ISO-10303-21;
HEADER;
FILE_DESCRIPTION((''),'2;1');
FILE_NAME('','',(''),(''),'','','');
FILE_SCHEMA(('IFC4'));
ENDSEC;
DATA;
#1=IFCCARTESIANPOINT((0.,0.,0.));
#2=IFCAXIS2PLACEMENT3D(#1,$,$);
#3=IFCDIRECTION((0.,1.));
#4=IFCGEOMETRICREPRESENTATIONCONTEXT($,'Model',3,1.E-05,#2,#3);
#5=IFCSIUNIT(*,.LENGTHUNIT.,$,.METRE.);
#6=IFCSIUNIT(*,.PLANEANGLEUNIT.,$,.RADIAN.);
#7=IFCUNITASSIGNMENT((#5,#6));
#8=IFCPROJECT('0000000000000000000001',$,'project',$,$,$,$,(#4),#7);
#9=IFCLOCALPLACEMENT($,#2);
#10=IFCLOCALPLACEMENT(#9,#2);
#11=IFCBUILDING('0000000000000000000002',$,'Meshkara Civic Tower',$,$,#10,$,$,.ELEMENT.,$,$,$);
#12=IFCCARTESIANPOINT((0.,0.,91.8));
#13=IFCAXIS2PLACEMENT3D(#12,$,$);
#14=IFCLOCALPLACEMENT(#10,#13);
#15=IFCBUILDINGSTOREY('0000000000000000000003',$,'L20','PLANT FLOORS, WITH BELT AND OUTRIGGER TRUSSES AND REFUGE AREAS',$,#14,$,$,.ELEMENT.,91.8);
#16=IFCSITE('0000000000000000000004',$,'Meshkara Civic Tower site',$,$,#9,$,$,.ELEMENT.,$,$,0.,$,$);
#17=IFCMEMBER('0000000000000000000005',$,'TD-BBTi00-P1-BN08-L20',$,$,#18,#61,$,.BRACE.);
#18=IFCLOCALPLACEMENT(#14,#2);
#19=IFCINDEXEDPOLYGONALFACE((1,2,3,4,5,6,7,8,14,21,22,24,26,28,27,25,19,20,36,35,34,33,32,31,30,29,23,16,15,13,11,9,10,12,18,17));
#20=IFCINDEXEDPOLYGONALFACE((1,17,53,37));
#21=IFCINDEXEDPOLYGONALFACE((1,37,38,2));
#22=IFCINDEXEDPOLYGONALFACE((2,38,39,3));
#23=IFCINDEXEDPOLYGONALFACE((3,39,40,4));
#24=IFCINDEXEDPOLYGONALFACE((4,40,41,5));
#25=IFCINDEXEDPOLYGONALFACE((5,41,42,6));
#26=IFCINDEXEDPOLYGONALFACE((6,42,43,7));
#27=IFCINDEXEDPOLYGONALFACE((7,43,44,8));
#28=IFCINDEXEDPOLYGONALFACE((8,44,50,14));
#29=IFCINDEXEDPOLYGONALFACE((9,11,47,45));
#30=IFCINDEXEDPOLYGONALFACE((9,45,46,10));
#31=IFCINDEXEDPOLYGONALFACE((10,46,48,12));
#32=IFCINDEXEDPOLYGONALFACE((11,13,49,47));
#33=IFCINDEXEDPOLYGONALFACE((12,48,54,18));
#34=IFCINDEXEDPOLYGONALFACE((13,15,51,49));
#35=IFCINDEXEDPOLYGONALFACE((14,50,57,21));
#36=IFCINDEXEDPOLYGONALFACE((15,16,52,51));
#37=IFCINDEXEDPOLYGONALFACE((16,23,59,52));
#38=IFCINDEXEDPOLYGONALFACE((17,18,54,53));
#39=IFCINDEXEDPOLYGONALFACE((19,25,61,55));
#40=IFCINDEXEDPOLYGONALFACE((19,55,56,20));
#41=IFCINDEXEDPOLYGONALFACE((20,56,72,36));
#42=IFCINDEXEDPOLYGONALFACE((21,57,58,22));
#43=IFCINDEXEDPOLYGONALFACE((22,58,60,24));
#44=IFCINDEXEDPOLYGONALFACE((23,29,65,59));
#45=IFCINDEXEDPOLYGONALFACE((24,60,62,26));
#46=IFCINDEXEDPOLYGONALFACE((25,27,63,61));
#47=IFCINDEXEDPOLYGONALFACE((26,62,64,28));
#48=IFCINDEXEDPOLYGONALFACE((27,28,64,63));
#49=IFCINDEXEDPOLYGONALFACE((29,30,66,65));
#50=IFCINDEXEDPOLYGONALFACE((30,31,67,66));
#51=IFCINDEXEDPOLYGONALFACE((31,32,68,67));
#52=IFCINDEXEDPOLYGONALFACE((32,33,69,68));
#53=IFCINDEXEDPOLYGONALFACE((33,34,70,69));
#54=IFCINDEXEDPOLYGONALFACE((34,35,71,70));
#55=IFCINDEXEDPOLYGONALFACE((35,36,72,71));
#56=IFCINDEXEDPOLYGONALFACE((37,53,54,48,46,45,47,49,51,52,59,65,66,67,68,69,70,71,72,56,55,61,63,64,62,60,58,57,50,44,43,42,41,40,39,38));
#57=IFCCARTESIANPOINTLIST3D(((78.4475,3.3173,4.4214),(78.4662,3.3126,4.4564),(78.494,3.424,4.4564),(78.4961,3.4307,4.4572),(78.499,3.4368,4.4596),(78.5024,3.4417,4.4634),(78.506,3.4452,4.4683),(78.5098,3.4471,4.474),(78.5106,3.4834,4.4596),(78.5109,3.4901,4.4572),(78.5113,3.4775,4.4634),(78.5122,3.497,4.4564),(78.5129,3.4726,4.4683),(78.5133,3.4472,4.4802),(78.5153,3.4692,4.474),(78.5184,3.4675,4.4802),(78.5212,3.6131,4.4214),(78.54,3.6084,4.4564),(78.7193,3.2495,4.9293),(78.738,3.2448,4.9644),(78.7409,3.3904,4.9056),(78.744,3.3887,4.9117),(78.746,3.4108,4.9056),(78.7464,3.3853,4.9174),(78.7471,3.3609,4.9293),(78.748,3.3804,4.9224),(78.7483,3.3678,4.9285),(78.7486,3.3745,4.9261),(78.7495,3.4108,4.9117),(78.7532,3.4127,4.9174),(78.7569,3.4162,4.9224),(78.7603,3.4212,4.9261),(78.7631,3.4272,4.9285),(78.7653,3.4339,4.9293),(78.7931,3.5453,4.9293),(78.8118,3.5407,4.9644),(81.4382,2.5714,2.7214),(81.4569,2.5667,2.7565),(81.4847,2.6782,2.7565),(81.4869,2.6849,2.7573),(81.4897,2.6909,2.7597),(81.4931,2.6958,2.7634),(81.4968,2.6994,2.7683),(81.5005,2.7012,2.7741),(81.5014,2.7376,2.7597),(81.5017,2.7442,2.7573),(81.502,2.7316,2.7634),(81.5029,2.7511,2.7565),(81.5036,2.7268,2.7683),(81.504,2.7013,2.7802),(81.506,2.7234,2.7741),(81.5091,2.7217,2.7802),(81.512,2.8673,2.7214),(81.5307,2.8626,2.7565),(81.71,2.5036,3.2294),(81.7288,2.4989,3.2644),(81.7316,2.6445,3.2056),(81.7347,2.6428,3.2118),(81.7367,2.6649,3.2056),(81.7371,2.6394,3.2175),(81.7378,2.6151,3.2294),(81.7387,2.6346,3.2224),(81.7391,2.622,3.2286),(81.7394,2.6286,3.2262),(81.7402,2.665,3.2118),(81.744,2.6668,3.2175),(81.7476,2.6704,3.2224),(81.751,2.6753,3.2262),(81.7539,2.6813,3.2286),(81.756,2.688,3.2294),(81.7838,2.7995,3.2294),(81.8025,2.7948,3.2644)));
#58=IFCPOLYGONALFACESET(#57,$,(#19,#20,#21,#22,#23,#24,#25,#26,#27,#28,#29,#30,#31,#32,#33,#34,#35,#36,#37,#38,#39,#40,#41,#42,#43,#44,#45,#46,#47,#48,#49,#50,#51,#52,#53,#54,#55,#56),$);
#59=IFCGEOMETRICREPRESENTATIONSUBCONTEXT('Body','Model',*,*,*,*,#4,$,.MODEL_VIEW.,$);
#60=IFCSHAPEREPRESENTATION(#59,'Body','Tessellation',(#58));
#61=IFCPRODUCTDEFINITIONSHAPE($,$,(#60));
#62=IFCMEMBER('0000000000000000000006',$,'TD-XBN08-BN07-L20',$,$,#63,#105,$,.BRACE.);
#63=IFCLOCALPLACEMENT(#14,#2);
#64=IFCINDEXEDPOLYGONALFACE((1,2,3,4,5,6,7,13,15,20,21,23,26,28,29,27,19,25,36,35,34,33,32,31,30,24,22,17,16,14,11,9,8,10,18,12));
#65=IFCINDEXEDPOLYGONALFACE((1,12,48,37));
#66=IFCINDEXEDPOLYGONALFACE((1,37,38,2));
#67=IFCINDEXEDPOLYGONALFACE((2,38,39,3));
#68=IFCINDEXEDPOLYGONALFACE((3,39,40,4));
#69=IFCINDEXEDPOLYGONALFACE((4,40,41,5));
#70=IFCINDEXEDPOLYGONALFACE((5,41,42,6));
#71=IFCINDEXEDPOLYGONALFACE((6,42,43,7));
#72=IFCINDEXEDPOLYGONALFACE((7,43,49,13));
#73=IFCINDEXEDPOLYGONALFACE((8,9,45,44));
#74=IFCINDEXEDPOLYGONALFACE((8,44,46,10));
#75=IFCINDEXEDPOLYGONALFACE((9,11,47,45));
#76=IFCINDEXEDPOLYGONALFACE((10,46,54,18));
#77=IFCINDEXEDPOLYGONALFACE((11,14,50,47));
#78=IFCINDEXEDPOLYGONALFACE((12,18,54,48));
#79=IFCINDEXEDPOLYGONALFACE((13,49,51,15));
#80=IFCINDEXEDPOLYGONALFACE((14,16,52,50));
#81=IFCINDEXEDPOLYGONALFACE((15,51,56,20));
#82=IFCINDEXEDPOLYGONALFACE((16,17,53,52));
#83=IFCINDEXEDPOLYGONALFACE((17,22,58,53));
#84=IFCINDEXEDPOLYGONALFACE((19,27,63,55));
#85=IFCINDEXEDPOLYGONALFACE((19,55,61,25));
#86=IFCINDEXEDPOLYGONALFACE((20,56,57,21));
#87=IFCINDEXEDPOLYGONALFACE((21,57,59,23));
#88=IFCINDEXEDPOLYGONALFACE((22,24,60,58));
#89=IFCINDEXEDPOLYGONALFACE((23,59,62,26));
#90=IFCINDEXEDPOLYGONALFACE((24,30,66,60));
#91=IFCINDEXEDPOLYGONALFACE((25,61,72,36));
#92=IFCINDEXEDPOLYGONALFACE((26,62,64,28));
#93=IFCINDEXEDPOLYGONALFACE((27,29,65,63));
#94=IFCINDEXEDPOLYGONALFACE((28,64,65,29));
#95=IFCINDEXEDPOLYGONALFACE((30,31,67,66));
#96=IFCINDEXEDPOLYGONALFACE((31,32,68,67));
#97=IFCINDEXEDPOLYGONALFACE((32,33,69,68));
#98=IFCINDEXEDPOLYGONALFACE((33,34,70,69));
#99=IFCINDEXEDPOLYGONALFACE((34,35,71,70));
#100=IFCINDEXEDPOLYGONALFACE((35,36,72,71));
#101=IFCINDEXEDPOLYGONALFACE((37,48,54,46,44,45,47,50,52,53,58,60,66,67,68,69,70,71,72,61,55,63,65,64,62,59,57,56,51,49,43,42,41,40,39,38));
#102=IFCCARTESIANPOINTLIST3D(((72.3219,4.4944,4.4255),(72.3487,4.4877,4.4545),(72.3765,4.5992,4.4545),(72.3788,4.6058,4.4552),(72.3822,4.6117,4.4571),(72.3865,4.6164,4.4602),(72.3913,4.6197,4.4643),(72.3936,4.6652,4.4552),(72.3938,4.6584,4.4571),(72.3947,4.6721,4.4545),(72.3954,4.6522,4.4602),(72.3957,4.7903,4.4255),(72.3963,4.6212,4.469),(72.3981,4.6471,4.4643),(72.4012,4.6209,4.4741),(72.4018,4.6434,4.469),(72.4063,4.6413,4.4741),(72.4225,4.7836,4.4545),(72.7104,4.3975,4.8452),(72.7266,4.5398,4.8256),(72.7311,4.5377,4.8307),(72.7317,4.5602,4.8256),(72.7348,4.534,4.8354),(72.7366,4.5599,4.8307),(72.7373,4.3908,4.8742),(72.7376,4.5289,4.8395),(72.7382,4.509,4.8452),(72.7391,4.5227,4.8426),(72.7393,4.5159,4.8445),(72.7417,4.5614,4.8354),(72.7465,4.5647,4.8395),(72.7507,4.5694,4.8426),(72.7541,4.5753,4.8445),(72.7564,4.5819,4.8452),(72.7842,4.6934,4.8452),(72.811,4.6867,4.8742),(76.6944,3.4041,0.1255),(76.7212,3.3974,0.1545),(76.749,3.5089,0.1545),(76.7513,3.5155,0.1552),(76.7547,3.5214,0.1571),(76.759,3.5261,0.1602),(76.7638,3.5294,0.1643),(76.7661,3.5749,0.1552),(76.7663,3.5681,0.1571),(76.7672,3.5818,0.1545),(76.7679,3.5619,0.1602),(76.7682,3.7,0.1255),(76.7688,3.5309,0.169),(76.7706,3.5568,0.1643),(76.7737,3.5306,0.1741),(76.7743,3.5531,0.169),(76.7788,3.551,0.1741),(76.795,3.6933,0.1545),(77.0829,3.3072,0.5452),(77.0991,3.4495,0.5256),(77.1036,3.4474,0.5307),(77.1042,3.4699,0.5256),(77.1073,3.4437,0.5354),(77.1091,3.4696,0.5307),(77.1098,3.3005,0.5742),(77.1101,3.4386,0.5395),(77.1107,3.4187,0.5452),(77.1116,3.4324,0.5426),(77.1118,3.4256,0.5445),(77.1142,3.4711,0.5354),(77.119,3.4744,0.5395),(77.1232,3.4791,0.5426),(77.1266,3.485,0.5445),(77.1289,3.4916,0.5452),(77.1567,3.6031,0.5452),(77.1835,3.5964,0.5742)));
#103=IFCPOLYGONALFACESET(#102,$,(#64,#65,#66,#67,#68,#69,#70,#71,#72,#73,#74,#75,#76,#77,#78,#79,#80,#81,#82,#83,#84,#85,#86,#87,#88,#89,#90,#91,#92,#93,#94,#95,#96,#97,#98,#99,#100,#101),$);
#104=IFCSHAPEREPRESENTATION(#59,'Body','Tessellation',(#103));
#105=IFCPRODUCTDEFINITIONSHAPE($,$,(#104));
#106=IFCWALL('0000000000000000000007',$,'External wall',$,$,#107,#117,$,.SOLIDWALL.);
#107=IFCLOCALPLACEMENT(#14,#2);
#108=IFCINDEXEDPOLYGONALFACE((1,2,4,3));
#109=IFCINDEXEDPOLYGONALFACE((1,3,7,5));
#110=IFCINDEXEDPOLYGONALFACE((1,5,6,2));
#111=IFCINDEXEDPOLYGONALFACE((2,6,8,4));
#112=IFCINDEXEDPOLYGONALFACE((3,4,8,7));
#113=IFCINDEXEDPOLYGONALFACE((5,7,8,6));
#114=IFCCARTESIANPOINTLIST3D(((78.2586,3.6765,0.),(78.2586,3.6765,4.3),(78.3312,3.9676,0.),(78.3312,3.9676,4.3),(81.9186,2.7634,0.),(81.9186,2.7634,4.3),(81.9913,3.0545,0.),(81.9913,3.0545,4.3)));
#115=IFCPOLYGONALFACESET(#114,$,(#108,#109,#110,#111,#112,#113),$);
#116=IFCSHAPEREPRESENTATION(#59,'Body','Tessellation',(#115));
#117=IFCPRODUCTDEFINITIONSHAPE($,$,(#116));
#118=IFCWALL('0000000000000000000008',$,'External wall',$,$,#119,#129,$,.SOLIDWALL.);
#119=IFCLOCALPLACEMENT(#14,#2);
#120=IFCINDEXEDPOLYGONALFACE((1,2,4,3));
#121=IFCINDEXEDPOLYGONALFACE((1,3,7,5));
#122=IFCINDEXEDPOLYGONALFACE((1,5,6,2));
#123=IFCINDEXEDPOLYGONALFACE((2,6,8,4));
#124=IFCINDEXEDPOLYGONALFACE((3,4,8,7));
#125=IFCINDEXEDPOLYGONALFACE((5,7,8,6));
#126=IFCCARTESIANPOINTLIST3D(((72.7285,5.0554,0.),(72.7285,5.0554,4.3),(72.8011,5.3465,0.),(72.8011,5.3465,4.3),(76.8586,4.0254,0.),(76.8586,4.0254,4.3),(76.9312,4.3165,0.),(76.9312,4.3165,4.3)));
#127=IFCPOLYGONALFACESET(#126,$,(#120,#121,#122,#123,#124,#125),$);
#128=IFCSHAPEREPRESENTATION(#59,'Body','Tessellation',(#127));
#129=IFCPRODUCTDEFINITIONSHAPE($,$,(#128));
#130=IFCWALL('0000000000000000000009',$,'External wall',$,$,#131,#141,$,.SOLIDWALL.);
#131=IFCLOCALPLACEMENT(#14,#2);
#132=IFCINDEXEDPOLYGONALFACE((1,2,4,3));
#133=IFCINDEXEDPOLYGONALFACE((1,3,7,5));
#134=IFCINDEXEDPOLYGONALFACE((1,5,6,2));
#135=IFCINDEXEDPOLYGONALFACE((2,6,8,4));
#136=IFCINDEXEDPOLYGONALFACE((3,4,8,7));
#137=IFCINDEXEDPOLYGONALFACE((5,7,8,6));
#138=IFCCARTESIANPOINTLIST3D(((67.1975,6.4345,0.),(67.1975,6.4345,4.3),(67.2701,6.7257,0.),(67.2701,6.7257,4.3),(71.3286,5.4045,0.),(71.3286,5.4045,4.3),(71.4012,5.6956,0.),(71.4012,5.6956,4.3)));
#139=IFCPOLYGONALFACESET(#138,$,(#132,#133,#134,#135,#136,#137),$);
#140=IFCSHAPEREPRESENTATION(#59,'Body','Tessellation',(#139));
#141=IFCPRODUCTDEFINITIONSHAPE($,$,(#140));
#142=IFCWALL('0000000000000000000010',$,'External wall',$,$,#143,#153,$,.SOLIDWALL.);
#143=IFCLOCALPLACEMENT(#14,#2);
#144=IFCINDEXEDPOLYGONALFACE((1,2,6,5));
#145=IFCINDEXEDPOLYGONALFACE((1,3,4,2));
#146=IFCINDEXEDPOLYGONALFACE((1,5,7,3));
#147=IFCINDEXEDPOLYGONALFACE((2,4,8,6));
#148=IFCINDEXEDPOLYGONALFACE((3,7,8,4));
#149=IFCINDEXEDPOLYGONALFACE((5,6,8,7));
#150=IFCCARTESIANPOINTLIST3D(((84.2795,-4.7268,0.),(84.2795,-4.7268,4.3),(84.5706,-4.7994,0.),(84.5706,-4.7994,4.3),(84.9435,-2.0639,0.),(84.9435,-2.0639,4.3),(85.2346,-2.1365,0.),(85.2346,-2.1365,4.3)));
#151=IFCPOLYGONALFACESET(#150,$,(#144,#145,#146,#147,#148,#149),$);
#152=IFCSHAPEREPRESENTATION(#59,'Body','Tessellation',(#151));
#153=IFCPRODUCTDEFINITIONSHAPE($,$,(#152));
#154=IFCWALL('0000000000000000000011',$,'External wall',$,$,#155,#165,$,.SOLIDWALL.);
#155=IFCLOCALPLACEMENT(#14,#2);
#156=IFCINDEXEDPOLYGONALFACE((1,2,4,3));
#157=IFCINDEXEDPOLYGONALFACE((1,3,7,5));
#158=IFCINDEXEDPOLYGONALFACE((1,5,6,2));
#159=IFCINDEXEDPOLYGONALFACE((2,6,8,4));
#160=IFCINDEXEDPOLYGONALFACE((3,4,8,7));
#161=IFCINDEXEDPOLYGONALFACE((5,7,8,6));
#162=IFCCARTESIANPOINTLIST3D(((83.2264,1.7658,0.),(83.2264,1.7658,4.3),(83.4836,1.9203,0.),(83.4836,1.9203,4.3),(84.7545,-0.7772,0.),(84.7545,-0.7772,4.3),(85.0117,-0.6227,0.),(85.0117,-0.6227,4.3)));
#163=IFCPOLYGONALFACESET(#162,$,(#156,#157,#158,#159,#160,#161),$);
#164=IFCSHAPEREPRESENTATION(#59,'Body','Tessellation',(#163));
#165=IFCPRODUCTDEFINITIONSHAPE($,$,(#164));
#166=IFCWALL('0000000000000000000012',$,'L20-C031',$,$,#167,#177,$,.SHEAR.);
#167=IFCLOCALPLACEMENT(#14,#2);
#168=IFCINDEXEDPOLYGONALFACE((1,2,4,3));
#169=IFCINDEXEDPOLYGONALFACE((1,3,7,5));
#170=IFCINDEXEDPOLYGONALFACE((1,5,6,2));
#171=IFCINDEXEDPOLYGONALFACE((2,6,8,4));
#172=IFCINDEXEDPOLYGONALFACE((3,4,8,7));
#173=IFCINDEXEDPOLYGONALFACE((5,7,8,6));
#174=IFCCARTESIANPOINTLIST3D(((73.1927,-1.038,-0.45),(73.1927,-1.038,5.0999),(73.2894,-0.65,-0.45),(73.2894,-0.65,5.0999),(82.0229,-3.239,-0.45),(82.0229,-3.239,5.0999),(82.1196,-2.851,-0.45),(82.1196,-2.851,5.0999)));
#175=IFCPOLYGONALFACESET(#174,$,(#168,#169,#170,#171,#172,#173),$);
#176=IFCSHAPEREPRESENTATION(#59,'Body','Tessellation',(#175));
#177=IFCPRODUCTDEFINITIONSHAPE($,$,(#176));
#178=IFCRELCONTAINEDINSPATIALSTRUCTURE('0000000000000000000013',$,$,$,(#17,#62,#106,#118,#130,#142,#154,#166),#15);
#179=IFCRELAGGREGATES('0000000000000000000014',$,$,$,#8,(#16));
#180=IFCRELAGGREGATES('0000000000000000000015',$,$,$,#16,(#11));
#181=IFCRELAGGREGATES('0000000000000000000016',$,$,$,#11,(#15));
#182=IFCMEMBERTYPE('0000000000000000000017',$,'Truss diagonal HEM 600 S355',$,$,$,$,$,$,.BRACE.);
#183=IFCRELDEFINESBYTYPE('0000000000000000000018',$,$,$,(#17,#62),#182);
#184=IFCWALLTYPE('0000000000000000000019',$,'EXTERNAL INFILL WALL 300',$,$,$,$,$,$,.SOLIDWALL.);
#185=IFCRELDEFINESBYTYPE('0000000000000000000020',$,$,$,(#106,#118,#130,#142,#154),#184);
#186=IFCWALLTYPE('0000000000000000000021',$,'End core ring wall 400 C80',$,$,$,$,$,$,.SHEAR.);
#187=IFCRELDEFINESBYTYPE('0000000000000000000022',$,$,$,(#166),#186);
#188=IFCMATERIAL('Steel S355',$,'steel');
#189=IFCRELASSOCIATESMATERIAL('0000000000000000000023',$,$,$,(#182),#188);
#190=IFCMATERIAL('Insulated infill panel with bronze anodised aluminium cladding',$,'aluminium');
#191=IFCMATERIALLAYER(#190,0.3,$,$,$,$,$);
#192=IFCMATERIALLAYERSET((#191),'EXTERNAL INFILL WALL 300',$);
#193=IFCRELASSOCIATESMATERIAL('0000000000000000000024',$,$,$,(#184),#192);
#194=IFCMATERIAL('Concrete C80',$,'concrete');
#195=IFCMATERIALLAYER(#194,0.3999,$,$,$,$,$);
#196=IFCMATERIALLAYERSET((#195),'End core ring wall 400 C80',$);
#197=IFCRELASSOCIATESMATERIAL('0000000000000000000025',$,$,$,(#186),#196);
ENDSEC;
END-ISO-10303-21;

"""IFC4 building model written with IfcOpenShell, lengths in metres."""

from ifc_helpers import new_model, si_unit, direction, frame, frame_2d, origin, origin_2d, place, context, subcontext, project, spatial, rectangle, i_section, extrude, material, layer, layer_set, material_profile, profile_set, type_object, element, save


model = new_model("IFC4")

# Units and contexts
model_context = context("Model", 3, precision=1e-05, world=origin(), true_north=direction((0.0, 1.0)))
body_context = subcontext(model_context, "Body", "Model", "MODEL_VIEW")
ifc_project = project(units=[si_unit("LENGTHUNIT", "METRE"), si_unit("PLANEANGLEUNIT", "RADIAN")], contexts=[model_context])

# Site, building, storey
site_placement = place(None, origin())
site = spatial("IfcSite", under=ifc_project, at=site_placement, Name="Meshkara Civic Tower site", CompositionType="ELEMENT", RefElevation=0.0)
building_placement = place(site_placement, origin())
building = spatial("IfcBuilding", under=site, at=building_placement, Name="Meshkara Civic Tower", CompositionType="ELEMENT")
storey_placement = place(building_placement, frame((0.0, 0.0, 91.8)))
storey = spatial("IfcBuildingStorey", under=building, at=storey_placement, Name="L20", Description="PLANT FLOORS, WITH BELT AND OUTRIGGER TRUSSES AND REFUGE AREAS", CompositionType="ELEMENT", Elevation=91.8)

# Members
ifc_material_1 = material(Name="Steel S355", Category="steel")
ifc_material_profile_1 = material_profile(ifc_material_1, i_section(OverallWidth=0.3049, OverallDepth=0.6201, WebThickness=0.021, FlangeThickness=0.04, FilletRadius=0.0271, at=origin_2d()))
ifc_profile_set_1 = profile_set([ifc_material_profile_1], Name="Steel S355")
member_type = type_object("IfcMemberType", Name="Truss diagonal HEM 600 S355", PredefinedType="BRACE", material=ifc_profile_set_1)
member_1_placement = place(storey_placement, frame((81.6204, 2.6831, 2.9929), z_axis=(-0.849632, 0.211888, 0.482938), x_axis=(-0.241976, -0.970282, 0.0)))
element("IfcMember", 1, at=member_1_placement, inside=storey, type_object=member_type, Name="TD-BBTi00-P1-BN08-L20", PredefinedType="BRACE", context=body_context, shape_type="SweptSolid", body=[
    extrude(i_section(OverallWidth=0.3049, OverallDepth=0.6201, WebThickness=0.021, FlangeThickness=0.04, FilletRadius=0.0271, at=origin_2d()), origin(), (0.0, 0.0, 1.0), 3.52),
])
member_2_placement = place(storey_placement, frame((76.939, 3.5002, 0.3499), z_axis=(-0.701985, 0.175046, 0.690344), x_axis=(-0.241949, -0.970289, 0.0)))
element("IfcMember", 2, at=member_2_placement, inside=storey, type_object=member_type, Name="TD-XBN08-BN07-L20", PredefinedType="BRACE", context=body_context, shape_type="SweptSolid", body=[
    extrude(i_section(OverallWidth=0.3049, OverallDepth=0.6201, WebThickness=0.021, FlangeThickness=0.04, FilletRadius=0.0271, at=origin_2d()), origin(), (0.0, 0.0, 1.0), 6.2288),
])

# Walls
ifc_material_2 = material(Name="Insulated infill panel with bronze anodised aluminium cladding", Category="aluminium")
ifc_layer_1 = layer(ifc_material_2, 0.3)
ifc_layer_set_1 = layer_set([ifc_layer_1], Name="EXTERNAL INFILL WALL 300")
wall_type_1 = type_object("IfcWallType", Name="EXTERNAL INFILL WALL 300", PredefinedType="SOLIDWALL", material=ifc_layer_set_1)
wall_1_placement = place(storey_placement, frame((81.9551, 2.9089, 0.0), z_axis=(0.0, 0.0, 1.0), x_axis=(-0.970264, 0.242048, 0.0)))
element("IfcWall", 3, at=wall_1_placement, inside=storey, type_object=wall_type_1, Name="External wall", PredefinedType="SOLIDWALL", context=body_context, shape_type="SweptSolid", body=[
    extrude(rectangle(XDim=3.7722, YDim=0.3, at=frame_2d((1.8862, 0.0))), origin(), (0.0, 0.0, 1.0), 4.3),
])
wall_2_placement = place(storey_placement, frame((76.895, 4.1709, 0.0), z_axis=(0.0, 0.0, 1.0), x_axis=(-0.970281, 0.241982, 0.0)))
element("IfcWall", 4, at=wall_2_placement, inside=storey, type_object=wall_type_1, Name="External wall", PredefinedType="SOLIDWALL", context=body_context, shape_type="SweptSolid", body=[
    extrude(rectangle(XDim=4.2566, YDim=0.3, at=frame_2d((2.1284, 0.0))), origin(), (0.0, 0.0, 1.0), 4.3),
])
wall_3_placement = place(storey_placement, frame((71.365, 5.55, 0.0), z_axis=(0.0, 0.0, 1.0), x_axis=(-0.970294, 0.241928, 0.0)))
element("IfcWall", 5, at=wall_3_placement, inside=storey, type_object=wall_type_1, Name="External wall", PredefinedType="SOLIDWALL", context=body_context, shape_type="SweptSolid", body=[
    extrude(rectangle(XDim=4.2576, YDim=0.3, at=frame_2d((2.1289, 0.0))), origin(), (0.0, 0.0, 1.0), 4.3),
])
wall_4_placement = place(storey_placement, frame((84.425, -4.7629, 0.0), z_axis=(0.0, 0.0, 1.0), x_axis=(0.24197, 0.970284, 0.0)))
element("IfcWall", 6, at=wall_4_placement, inside=storey, type_object=wall_type_1, Name="External wall", PredefinedType="SOLIDWALL", context=body_context, shape_type="SweptSolid", body=[
    extrude(rectangle(XDim=2.7444, YDim=0.3, at=frame_2d((1.3721, 0.0))), origin(), (0.0, 0.0, 1.0), 4.3),
])
wall_5_placement = place(storey_placement, frame((84.8831, -0.7, 0.0), z_axis=(0.0, 0.0, 1.0), x_axis=(-0.515064, 0.857151, 0.0)))
element("IfcWall", 7, at=wall_5_placement, inside=storey, type_object=wall_type_1, Name="External wall", PredefinedType="SOLIDWALL", context=body_context, shape_type="SweptSolid", body=[
    extrude(rectangle(XDim=2.9668, YDim=0.3, at=frame_2d((1.4834, 0.0))), origin(), (0.0, 0.0, 1.0), 4.3),
])
ifc_material_3 = material(Name="Concrete C80", Category="concrete")
ifc_layer_2 = layer(ifc_material_3, 0.3999)
ifc_layer_set_2 = layer_set([ifc_layer_2], Name="End core ring wall 400 C80")
wall_type_2 = type_object("IfcWallType", Name="End core ring wall 400 C80", PredefinedType="SHEAR", material=ifc_layer_set_2)
wall_6_placement = place(storey_placement, frame((73.241, -0.844, -0.45), z_axis=(0.0, 0.0, 1.0), x_axis=(0.970313, -0.241854, 0.0)))
element("IfcWall", 8, at=wall_6_placement, inside=storey, type_object=wall_type_2, Name="L20-C031", PredefinedType="SHEAR", context=body_context, shape_type="SweptSolid", body=[
    extrude(rectangle(XDim=9.1003, YDim=0.3999, at=frame_2d((4.5503, 0.0))), origin(), (0.0, 0.0, 1.0), 5.5498),
])

save(model, "model.ifc")
